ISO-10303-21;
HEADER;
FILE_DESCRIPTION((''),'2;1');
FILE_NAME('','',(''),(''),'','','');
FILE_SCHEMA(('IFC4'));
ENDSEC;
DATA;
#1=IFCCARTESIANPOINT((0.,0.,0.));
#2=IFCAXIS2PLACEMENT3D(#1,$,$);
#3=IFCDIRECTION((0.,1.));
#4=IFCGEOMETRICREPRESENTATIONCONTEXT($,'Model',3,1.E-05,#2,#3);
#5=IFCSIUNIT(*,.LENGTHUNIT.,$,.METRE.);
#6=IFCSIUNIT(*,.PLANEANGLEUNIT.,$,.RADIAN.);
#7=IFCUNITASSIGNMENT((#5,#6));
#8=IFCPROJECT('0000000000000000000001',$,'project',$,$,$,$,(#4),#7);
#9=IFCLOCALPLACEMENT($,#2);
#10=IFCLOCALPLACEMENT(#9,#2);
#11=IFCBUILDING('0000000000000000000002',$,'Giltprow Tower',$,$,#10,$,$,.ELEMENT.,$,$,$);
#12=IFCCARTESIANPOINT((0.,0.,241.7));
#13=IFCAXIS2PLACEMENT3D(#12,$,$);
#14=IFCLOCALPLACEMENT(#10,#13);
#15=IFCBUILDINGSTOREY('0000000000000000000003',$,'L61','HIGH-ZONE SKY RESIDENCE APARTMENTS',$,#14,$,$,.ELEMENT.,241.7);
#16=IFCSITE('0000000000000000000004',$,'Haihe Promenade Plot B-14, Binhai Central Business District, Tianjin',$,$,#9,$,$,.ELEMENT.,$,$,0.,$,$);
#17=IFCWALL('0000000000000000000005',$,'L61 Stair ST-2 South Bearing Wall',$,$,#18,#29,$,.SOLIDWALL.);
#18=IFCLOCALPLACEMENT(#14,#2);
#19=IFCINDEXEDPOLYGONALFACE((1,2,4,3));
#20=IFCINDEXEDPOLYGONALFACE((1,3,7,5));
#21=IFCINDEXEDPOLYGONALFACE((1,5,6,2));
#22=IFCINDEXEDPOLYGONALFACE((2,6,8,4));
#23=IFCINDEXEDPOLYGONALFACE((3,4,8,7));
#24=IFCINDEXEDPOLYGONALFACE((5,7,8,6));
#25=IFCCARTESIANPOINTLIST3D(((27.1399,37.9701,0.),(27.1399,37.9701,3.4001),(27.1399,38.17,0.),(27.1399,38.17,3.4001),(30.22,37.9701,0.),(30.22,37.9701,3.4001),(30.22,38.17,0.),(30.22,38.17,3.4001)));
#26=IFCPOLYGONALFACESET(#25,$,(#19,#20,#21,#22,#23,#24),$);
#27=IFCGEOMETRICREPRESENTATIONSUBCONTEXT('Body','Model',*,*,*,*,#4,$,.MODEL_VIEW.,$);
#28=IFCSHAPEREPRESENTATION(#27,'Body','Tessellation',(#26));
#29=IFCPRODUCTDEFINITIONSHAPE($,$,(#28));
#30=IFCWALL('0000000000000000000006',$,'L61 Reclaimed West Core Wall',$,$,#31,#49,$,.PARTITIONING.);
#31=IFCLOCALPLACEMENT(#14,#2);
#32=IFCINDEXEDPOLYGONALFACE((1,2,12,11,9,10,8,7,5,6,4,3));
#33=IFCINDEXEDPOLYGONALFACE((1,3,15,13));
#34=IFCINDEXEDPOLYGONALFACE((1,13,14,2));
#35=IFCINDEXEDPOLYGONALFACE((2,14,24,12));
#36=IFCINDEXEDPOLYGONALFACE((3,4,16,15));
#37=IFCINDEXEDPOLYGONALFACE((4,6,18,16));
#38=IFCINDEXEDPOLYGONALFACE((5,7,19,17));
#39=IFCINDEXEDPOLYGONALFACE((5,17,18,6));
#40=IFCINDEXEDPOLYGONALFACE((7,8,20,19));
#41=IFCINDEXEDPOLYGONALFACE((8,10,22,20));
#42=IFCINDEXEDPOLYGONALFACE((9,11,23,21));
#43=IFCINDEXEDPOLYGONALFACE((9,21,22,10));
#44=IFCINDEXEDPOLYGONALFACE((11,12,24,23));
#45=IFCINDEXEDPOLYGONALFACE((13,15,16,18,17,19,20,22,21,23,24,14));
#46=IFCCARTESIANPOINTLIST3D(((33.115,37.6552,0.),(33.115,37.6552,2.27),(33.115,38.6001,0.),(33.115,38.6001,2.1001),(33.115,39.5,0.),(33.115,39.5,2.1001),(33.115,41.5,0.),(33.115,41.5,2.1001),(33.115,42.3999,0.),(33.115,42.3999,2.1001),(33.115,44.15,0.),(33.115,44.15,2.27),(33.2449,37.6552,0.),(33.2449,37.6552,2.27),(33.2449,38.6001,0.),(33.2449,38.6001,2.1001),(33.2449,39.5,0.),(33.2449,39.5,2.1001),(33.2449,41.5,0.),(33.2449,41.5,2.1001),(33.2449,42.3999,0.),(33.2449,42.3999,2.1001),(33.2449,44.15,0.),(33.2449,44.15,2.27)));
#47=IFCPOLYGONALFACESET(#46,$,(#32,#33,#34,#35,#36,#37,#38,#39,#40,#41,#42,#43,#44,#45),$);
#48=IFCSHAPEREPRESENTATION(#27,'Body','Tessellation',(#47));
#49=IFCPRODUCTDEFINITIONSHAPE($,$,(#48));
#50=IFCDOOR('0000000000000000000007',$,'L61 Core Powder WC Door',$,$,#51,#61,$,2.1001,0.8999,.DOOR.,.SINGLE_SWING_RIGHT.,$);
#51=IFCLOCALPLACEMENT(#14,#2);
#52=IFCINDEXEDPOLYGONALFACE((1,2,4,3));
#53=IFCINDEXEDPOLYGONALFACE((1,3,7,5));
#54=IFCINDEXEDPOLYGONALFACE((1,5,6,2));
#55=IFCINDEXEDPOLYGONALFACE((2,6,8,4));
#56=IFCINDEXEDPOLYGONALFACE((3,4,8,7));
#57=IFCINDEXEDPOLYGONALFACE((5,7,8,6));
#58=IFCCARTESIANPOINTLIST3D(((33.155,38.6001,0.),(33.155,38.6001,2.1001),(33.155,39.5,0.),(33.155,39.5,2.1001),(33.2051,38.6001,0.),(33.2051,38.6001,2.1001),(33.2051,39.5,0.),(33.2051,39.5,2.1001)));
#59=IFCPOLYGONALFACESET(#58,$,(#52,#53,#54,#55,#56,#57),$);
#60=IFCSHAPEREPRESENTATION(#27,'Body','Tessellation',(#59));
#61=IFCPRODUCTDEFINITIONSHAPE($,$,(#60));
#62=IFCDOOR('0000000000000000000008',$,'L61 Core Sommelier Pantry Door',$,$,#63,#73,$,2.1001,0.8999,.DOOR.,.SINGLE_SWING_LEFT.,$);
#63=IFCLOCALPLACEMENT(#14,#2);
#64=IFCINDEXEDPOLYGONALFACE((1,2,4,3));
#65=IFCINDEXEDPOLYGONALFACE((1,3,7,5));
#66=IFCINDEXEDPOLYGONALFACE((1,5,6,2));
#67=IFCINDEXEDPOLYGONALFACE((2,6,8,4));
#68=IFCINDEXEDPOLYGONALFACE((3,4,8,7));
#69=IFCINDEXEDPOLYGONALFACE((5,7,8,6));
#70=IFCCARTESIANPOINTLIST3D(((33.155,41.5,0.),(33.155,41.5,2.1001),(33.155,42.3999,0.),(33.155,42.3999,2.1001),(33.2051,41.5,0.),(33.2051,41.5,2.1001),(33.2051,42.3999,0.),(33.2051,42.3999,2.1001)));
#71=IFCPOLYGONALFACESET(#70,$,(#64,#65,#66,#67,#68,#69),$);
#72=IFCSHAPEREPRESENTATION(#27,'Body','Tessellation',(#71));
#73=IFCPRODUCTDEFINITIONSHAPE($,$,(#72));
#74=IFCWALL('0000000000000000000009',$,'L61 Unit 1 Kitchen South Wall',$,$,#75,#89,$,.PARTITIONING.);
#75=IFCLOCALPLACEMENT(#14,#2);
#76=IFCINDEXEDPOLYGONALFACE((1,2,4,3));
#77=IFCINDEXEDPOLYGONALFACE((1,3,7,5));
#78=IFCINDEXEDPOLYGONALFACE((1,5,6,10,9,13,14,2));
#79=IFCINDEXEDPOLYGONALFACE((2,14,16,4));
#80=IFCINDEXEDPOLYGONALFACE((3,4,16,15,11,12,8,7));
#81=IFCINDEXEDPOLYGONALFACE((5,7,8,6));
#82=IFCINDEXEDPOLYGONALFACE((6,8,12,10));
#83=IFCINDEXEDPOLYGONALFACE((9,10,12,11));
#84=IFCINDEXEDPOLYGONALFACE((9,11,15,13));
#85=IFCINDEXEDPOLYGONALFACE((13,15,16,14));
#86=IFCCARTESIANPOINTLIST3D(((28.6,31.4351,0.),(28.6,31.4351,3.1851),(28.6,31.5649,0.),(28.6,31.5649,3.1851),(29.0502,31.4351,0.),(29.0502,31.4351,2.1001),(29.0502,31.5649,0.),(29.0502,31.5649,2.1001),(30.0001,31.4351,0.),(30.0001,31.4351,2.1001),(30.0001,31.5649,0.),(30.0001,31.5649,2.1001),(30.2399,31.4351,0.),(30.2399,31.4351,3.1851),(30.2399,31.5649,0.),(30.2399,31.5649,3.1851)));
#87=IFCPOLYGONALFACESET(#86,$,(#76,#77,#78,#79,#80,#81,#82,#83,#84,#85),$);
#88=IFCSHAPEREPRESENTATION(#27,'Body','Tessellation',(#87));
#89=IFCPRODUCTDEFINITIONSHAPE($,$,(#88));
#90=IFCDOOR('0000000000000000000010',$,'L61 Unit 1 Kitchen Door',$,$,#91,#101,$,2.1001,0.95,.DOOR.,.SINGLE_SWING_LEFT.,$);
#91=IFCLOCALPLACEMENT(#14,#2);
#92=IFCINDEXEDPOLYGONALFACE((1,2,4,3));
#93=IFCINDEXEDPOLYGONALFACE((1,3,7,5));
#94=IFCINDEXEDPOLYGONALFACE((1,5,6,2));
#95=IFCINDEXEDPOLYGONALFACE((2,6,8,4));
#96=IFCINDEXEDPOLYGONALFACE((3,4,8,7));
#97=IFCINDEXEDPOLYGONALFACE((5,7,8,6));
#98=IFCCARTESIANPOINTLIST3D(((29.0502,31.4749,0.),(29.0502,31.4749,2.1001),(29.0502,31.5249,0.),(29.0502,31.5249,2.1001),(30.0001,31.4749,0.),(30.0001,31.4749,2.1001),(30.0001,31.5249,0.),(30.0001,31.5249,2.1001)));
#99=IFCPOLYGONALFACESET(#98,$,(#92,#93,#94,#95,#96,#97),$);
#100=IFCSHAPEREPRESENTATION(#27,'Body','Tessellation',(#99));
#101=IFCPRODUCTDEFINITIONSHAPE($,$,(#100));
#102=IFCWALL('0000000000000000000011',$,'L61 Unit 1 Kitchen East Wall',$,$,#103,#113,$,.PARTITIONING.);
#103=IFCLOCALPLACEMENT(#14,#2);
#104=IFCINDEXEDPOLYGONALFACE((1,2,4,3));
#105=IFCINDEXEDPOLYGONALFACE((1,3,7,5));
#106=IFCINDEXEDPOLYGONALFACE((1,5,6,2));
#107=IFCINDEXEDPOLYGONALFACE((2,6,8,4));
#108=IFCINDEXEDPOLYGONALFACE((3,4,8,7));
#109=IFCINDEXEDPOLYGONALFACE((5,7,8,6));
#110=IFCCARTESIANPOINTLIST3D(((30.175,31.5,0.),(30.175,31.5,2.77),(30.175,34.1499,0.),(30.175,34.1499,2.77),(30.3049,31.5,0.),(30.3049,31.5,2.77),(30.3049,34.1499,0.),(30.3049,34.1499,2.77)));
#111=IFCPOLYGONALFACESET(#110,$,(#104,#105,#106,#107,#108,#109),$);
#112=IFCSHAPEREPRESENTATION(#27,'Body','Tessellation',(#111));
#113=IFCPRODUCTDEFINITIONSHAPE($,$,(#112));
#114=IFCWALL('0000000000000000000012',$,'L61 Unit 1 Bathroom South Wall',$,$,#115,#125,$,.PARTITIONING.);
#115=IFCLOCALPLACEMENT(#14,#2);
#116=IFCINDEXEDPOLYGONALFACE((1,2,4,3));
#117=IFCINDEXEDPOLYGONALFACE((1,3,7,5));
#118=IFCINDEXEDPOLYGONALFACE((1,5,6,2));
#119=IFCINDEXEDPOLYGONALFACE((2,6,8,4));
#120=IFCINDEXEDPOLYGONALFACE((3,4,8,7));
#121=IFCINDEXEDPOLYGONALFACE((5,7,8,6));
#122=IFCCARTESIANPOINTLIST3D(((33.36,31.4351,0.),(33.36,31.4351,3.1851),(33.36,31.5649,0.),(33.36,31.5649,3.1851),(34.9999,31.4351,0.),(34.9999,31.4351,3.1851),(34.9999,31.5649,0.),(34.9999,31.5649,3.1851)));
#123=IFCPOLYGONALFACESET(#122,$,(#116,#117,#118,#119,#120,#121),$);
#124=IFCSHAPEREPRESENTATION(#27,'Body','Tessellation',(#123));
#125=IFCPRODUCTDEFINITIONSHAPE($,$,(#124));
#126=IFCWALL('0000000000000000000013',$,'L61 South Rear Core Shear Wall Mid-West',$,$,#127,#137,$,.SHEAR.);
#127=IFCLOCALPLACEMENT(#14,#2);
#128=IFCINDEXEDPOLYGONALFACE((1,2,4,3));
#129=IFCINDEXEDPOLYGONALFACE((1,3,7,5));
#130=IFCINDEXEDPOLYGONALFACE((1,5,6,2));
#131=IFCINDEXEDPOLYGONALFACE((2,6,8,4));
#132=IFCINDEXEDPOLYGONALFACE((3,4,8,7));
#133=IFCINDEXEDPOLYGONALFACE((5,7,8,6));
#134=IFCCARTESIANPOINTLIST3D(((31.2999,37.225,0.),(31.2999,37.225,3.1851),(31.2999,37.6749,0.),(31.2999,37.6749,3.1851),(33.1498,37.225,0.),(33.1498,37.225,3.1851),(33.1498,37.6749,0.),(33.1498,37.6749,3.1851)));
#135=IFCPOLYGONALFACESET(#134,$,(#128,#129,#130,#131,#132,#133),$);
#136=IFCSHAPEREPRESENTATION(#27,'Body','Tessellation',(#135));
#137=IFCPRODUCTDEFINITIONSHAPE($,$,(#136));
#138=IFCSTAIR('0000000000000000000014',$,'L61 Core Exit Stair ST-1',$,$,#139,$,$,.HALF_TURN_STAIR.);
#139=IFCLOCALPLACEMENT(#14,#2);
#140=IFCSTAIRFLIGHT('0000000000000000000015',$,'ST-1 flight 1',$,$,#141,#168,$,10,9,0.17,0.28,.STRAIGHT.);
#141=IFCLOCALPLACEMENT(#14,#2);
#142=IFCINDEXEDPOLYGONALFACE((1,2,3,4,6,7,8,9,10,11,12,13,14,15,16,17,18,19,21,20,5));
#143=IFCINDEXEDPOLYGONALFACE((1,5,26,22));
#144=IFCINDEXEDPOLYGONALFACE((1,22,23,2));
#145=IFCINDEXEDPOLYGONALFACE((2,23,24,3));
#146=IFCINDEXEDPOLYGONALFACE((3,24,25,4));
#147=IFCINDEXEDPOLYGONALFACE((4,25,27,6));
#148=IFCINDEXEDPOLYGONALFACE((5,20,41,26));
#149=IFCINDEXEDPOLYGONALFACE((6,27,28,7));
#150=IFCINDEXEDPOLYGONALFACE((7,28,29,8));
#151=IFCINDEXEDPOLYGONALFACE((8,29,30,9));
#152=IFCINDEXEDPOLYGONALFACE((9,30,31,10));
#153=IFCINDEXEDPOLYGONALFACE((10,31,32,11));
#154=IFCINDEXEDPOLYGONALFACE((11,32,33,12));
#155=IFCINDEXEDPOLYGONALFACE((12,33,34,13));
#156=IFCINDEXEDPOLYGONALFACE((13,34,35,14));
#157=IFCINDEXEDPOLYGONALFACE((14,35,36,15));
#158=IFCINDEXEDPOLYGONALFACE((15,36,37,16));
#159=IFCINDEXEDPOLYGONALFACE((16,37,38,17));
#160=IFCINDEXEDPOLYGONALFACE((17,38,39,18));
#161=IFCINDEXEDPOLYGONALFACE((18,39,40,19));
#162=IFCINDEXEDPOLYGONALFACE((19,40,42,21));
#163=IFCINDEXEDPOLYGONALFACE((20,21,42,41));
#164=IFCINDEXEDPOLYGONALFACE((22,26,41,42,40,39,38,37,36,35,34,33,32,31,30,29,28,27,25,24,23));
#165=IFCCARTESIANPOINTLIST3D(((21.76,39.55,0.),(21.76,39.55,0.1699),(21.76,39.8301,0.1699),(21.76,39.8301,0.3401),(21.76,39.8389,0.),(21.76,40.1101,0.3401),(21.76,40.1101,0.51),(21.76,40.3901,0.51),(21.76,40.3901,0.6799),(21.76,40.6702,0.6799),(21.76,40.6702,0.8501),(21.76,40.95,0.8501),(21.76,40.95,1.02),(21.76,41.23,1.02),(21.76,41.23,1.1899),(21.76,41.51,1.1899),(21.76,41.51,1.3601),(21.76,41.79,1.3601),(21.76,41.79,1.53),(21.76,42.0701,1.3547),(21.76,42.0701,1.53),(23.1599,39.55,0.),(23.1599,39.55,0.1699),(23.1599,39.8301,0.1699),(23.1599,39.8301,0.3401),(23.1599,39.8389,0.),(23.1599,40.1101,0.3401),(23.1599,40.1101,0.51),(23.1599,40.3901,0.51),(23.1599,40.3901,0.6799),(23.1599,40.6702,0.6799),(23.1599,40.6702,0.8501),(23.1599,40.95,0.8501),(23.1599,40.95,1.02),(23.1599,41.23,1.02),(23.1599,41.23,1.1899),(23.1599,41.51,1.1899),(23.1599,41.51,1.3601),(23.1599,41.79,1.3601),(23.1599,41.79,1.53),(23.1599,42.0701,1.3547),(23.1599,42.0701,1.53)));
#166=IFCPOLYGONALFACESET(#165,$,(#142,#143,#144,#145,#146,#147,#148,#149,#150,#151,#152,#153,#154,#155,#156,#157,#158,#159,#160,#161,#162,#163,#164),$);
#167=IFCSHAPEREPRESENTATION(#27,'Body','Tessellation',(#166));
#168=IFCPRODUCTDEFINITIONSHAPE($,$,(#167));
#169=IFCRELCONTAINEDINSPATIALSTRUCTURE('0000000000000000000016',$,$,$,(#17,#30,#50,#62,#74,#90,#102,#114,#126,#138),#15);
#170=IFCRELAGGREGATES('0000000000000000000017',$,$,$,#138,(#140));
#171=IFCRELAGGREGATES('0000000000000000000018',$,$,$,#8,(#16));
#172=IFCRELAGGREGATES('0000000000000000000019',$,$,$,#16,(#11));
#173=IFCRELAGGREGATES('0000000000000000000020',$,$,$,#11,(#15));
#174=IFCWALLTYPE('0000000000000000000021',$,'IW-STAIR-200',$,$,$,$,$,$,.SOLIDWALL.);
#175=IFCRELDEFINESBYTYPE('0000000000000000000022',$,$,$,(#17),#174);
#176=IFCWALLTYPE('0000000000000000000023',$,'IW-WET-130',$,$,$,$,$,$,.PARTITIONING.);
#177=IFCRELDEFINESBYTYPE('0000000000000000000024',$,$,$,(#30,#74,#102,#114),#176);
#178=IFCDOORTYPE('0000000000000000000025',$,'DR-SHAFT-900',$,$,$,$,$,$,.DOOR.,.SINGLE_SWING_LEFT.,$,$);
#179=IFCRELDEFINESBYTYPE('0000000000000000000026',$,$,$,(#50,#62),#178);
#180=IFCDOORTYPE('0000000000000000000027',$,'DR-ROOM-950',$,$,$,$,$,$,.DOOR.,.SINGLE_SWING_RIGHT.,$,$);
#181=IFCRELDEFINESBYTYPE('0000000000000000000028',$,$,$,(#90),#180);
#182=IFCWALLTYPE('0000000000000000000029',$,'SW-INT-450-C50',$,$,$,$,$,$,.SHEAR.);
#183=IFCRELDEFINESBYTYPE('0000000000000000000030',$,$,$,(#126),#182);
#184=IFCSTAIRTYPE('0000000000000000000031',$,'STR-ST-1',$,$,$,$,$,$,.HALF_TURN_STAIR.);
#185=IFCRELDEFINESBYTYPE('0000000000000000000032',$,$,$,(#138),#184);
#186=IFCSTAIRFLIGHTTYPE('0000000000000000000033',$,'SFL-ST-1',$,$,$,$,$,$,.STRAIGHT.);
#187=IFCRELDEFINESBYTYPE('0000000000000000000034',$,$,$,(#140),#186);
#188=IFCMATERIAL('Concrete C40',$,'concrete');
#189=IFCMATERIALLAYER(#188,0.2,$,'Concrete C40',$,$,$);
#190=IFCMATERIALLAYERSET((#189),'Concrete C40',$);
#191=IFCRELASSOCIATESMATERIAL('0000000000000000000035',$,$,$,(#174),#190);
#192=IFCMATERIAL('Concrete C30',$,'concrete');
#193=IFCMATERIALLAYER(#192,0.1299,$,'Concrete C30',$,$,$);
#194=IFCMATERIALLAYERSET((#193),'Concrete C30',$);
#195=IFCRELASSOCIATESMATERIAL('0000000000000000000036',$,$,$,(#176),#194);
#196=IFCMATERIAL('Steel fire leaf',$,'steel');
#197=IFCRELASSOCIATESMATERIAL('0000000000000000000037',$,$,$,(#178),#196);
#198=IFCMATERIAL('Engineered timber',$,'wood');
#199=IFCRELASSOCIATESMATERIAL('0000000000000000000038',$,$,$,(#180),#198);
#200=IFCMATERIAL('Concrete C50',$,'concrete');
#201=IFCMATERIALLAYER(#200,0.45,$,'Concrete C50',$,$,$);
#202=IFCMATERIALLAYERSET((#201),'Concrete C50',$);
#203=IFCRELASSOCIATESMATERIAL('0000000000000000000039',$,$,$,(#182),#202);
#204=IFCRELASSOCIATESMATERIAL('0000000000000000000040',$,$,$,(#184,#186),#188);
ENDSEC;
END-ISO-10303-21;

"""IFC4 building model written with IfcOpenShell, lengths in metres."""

from ifc_helpers import new_model, si_unit, direction, frame, frame_2d, origin, place, context, subcontext, project, spatial, polyline, rectangle, outline, extrude, source, transform, mapped, material, layer, layer_set, type_object, element, fill, aggregate, save


model = new_model("IFC4")

# Units and contexts
model_context = context("Model", 3, precision=1e-05, world=origin(), true_north=direction((0.0, 1.0)))
body_context = subcontext(model_context, "Body", "Model", "MODEL_VIEW")
ifc_project = project(units=[si_unit("LENGTHUNIT", "METRE"), si_unit("PLANEANGLEUNIT", "RADIAN")], contexts=[model_context])

# Site, building, storey
site_placement = place(None, origin())
site = spatial("IfcSite", under=ifc_project, at=site_placement, Name="Haihe Promenade Plot B-14, Binhai Central Business District, Tianjin", CompositionType="ELEMENT", RefElevation=0.0)
building_placement = place(site_placement, origin())
building = spatial("IfcBuilding", under=site, at=building_placement, Name="Giltprow Tower", CompositionType="ELEMENT")
storey_placement = place(building_placement, frame((0.0, 0.0, 241.7)))
storey = spatial("IfcBuildingStorey", under=building, at=storey_placement, Name="L61", Description="HIGH-ZONE SKY RESIDENCE APARTMENTS", CompositionType="ELEMENT", Elevation=241.7)

# Shared definitions
ifc_material_1 = material(Name="Concrete C50", Category="concrete")

# Shared definitions
ifc_material_2 = material(Name="Concrete C40", Category="concrete")
ifc_layer_1 = layer(ifc_material_2, 0.2, Name="Concrete C40")
ifc_layer_set_1 = layer_set([ifc_layer_1], Name="Concrete C40")
wall_type_1 = type_object("IfcWallType", Name="IW-STAIR-200", PredefinedType="SOLIDWALL", material=ifc_layer_set_1)
ifc_material_3 = material(Name="Steel fire leaf", Category="steel")

# Wall
wall_1_placement = place(storey_placement, frame((27.1399, 38.0701, 0.0), z_axis=(0.0, 0.0, 1.0), x_axis=(1.0, 0.0, 0.0)))
element("IfcWall", 1, at=wall_1_placement, inside=storey, type_object=wall_type_1, Name="L61 Stair ST-2 South Bearing Wall", PredefinedType="SOLIDWALL", context=body_context, shape_type="SweptSolid", body=[
    extrude(rectangle(XDim=3.0801, YDim=0.2, at=frame_2d((1.54, 0.0))), origin(), (0.0, 0.0, 1.0), 3.4001),
])

# Wall, openings, doors
ifc_material_4 = material(Name="Concrete C30", Category="concrete")
ifc_layer_2 = layer(ifc_material_4, 0.1299, Name="Concrete C30")
ifc_layer_set_2 = layer_set([ifc_layer_2], Name="Concrete C30")
wall_type_2 = type_object("IfcWallType", Name="IW-WET-130", PredefinedType="PARTITIONING", material=ifc_layer_set_2)
wall_2_placement = place(storey_placement, frame((33.1799, 37.655, 0.0), z_axis=(0.0, 0.0, 1.0), x_axis=(0.0, 1.0, 0.0)))
wall_2 = element("IfcWall", 2, at=wall_2_placement, inside=storey, type_object=wall_type_2, Name="L61 Reclaimed West Core Wall", PredefinedType="PARTITIONING", context=body_context, shape_type="SweptSolid", body=[
    extrude(rectangle(XDim=6.4949, YDim=0.1299, at=frame_2d((3.2476, 0.0))), origin(), (0.0, 0.0, 1.0), 2.27),
])
opening_1_placement = place(wall_2_placement, frame((0.9451, 0.0, 0.0)))
opening_1 = element("IfcOpeningElement", 3, at=opening_1_placement, cuts=wall_2, PredefinedType="OPENING", context=body_context, shape_type="SweptSolid", body=[
    extrude(rectangle(XDim=0.8999, YDim=2.1001, at=frame_2d((0.45, 1.05))), frame((0.0, 0.075, 0.0), z_axis=(0.0, -1.0, 0.0), x_axis=(1.0, 0.0, 0.0)), (0.0, 0.0, 1.0), 0.1499),
])
opening_2_placement = place(wall_2_placement, frame((3.845, 0.0, 0.0)))
opening_2 = element("IfcOpeningElement", 4, at=opening_2_placement, cuts=wall_2, PredefinedType="OPENING", context=body_context, shape_type="SweptSolid", body=[
    extrude(rectangle(XDim=0.8999, YDim=2.1001, at=frame_2d((0.45, 1.05))), frame((0.0, 0.075, 0.0), z_axis=(0.0, -1.0, 0.0), x_axis=(1.0, 0.0, 0.0)), (0.0, 0.0, 1.0), 0.1499),
])
door_type_1 = type_object("IfcDoorType", Name="DR-SHAFT-900", OperationType="SINGLE_SWING_LEFT", PredefinedType="DOOR", material=ifc_material_3)
shared_shape_1 = source(origin(), body_context, "Body", "SweptSolid", [
    extrude(rectangle(XDim=0.8999, YDim=2.1001, at=frame_2d((0.45, 1.05))), frame((0.0, 0.0249, 0.0), z_axis=(0.0, -1.0, 0.0), x_axis=(1.0, 0.0, 0.0)), (0.0, 0.0, 1.0), 0.05),
])
door_1_placement = place(opening_1_placement, origin())
door_1 = element("IfcDoor", 5, at=door_1_placement, inside=storey, type_object=door_type_1, Name="L61 Core Powder WC Door", OperationType="SINGLE_SWING_RIGHT", OverallHeight=2.1001, OverallWidth=0.8999, PredefinedType="DOOR", context=body_context, shape_type="MappedRepresentation", body=[
    mapped(shared_shape_1, transform((0.0, 0.0, 0.0), x_axis=(1.0, 0.0, 0.0), y_axis=(0.0, 1.0, 0.0), z_axis=(0.0, 0.0, 1.0), scale=1.0)),
])
fill(opening_1, door_1)
door_2_placement = place(opening_2_placement, origin())
door_2 = element("IfcDoor", 6, at=door_2_placement, inside=storey, type_object=door_type_1, Name="L61 Core Sommelier Pantry Door", OperationType="SINGLE_SWING_LEFT", OverallHeight=2.1001, OverallWidth=0.8999, PredefinedType="DOOR", context=body_context, shape_type="MappedRepresentation", body=[
    mapped(shared_shape_1, transform((0.0, 0.0, 0.0), x_axis=(1.0, 0.0, 0.0), y_axis=(0.0, 1.0, 0.0), z_axis=(0.0, 0.0, 1.0), scale=1.0)),
])
fill(opening_2, door_2)

# Wall, opening, door
wall_3_placement = place(storey_placement, frame((28.6001, 31.5, 0.0), z_axis=(0.0, 0.0, 1.0), x_axis=(1.0, 0.0, 0.0)))
wall_3 = element("IfcWall", 7, at=wall_3_placement, inside=storey, type_object=wall_type_2, Name="L61 Unit 1 Kitchen South Wall", PredefinedType="PARTITIONING", context=body_context, shape_type="SweptSolid", body=[
    extrude(rectangle(XDim=1.6399, YDim=0.1299, at=frame_2d((0.8198, 0.0))), origin(), (0.0, 0.0, 1.0), 3.1851),
])
opening_3_placement = place(wall_3_placement, frame((0.45, 0.0, 0.0)))
opening_3 = element("IfcOpeningElement", 8, at=opening_3_placement, cuts=wall_3, PredefinedType="OPENING", context=body_context, shape_type="SweptSolid", body=[
    extrude(rectangle(XDim=0.95, YDim=2.1001, at=frame_2d((0.4751, 1.05))), frame((0.0, 0.075, 0.0), z_axis=(0.0, -1.0, 0.0), x_axis=(1.0, 0.0, 0.0)), (0.0, 0.0, 1.0), 0.1499),
])
ifc_material_5 = material(Name="Engineered timber", Category="wood")
door_type_2 = type_object("IfcDoorType", Name="DR-ROOM-950", OperationType="SINGLE_SWING_RIGHT", PredefinedType="DOOR", material=ifc_material_5)
shared_shape_2 = source(origin(), body_context, "Body", "SweptSolid", [
    extrude(rectangle(XDim=0.95, YDim=2.1001, at=frame_2d((0.4751, 1.05))), frame((0.0, 0.0249, 0.0), z_axis=(0.0, -1.0, 0.0), x_axis=(1.0, 0.0, 0.0)), (0.0, 0.0, 1.0), 0.05),
])
door_3_placement = place(opening_3_placement, origin())
door_3 = element("IfcDoor", 9, at=door_3_placement, inside=storey, type_object=door_type_2, Name="L61 Unit 1 Kitchen Door", OperationType="SINGLE_SWING_LEFT", OverallHeight=2.1001, OverallWidth=0.95, PredefinedType="DOOR", context=body_context, shape_type="MappedRepresentation", body=[
    mapped(shared_shape_2, transform((0.0, 0.0, 0.0), x_axis=(1.0, 0.0, 0.0), y_axis=(0.0, 1.0, 0.0), z_axis=(0.0, 0.0, 1.0), scale=1.0)),
])
fill(opening_3, door_3)

# Walls
wall_4_placement = place(storey_placement, frame((30.24, 31.5, 0.0), z_axis=(0.0, 0.0, 1.0), x_axis=(0.0, 1.0, 0.0)))
element("IfcWall", 10, at=wall_4_placement, inside=storey, type_object=wall_type_2, Name="L61 Unit 1 Kitchen East Wall", PredefinedType="PARTITIONING", context=body_context, shape_type="SweptSolid", body=[
    extrude(rectangle(XDim=2.6499, YDim=0.1299, at=frame_2d((1.325, 0.0))), origin(), (0.0, 0.0, 1.0), 2.77),
])
wall_5_placement = place(storey_placement, frame((33.3601, 31.5, 0.0), z_axis=(0.0, 0.0, 1.0), x_axis=(1.0, 0.0, 0.0)))
element("IfcWall", 11, at=wall_5_placement, inside=storey, type_object=wall_type_2, Name="L61 Unit 1 Bathroom South Wall", PredefinedType="PARTITIONING", context=body_context, shape_type="SweptSolid", body=[
    extrude(rectangle(XDim=1.6399, YDim=0.1299, at=frame_2d((0.8198, 0.0))), origin(), (0.0, 0.0, 1.0), 3.1851),
])
ifc_layer_3 = layer(ifc_material_1, 0.45, Name="Concrete C50")
ifc_layer_set_3 = layer_set([ifc_layer_3], Name="Concrete C50")
wall_type_3 = type_object("IfcWallType", Name="SW-INT-450-C50", PredefinedType="SHEAR", material=ifc_layer_set_3)
wall_6_placement = place(storey_placement, frame((31.3, 37.45, 0.0), z_axis=(0.0, 0.0, 1.0), x_axis=(1.0, 0.0, 0.0)))
element("IfcWall", 12, at=wall_6_placement, inside=storey, type_object=wall_type_3, Name="L61 South Rear Core Shear Wall Mid-West", PredefinedType="SHEAR", context=body_context, shape_type="SweptSolid", body=[
    extrude(rectangle(XDim=1.8499, YDim=0.45, at=frame_2d((0.9248, 0.0))), origin(), (0.0, 0.0, 1.0), 3.1851),
])

# Stair, stair flight
stair_type = type_object("IfcStairType", Name="STR-ST-1", PredefinedType="HALF_TURN_STAIR", material=ifc_material_2)
stair_placement = place(storey_placement, origin())
stair = element("IfcStair", 13, at=stair_placement, inside=storey, type_object=stair_type, Name="L61 Core Exit Stair ST-1", PredefinedType="HALF_TURN_STAIR")
stair_flight_type = type_object("IfcStairFlightType", Name="SFL-ST-1", PredefinedType="STRAIGHT", material=ifc_material_2)
stair_flight_placement = place(storey_placement, frame((22.46, 39.55, 0.0), z_axis=(0.0, 0.0, 1.0), x_axis=(0.0, 1.0, 0.0)))
stair_flight = element("IfcStairFlight", 14, at=stair_flight_placement, type_object=stair_flight_type, Name="ST-1 flight 1", NumberOfRisers=10, NumberOfTreads=9, PredefinedType="STRAIGHT", RiserHeight=0.17, TreadLength=0.28, context=body_context, shape_type="SweptSolid", body=[
    extrude(outline(polyline([(0.0, 0.0), (0.0, 0.1699), (0.28, 0.1699), (0.28, 0.3401), (0.5601, 0.3401), (0.5601, 0.51), (0.8401, 0.51), (0.8401, 0.6799), (1.1201, 0.6799), (1.1201, 0.8501), (1.3999, 0.8501), (1.3999, 1.02), (1.6799, 1.02), (1.6799, 1.1899), (1.96, 1.1899), (1.96, 1.3601), (2.24, 1.3601), (2.24, 1.53), (2.52, 1.53), (2.52, 1.7), (2.52, 1.3547), (0.2888, 0.0), (0.0, 0.0)])), frame((0.0, 0.7, 0.0), z_axis=(0.0, -1.0, 0.0), x_axis=(1.0, 0.0, 0.0)), (0.0, 0.0, 1.0), 1.3999),
])
aggregate(stair, [stair_flight])

save(model, "model.ifc")
